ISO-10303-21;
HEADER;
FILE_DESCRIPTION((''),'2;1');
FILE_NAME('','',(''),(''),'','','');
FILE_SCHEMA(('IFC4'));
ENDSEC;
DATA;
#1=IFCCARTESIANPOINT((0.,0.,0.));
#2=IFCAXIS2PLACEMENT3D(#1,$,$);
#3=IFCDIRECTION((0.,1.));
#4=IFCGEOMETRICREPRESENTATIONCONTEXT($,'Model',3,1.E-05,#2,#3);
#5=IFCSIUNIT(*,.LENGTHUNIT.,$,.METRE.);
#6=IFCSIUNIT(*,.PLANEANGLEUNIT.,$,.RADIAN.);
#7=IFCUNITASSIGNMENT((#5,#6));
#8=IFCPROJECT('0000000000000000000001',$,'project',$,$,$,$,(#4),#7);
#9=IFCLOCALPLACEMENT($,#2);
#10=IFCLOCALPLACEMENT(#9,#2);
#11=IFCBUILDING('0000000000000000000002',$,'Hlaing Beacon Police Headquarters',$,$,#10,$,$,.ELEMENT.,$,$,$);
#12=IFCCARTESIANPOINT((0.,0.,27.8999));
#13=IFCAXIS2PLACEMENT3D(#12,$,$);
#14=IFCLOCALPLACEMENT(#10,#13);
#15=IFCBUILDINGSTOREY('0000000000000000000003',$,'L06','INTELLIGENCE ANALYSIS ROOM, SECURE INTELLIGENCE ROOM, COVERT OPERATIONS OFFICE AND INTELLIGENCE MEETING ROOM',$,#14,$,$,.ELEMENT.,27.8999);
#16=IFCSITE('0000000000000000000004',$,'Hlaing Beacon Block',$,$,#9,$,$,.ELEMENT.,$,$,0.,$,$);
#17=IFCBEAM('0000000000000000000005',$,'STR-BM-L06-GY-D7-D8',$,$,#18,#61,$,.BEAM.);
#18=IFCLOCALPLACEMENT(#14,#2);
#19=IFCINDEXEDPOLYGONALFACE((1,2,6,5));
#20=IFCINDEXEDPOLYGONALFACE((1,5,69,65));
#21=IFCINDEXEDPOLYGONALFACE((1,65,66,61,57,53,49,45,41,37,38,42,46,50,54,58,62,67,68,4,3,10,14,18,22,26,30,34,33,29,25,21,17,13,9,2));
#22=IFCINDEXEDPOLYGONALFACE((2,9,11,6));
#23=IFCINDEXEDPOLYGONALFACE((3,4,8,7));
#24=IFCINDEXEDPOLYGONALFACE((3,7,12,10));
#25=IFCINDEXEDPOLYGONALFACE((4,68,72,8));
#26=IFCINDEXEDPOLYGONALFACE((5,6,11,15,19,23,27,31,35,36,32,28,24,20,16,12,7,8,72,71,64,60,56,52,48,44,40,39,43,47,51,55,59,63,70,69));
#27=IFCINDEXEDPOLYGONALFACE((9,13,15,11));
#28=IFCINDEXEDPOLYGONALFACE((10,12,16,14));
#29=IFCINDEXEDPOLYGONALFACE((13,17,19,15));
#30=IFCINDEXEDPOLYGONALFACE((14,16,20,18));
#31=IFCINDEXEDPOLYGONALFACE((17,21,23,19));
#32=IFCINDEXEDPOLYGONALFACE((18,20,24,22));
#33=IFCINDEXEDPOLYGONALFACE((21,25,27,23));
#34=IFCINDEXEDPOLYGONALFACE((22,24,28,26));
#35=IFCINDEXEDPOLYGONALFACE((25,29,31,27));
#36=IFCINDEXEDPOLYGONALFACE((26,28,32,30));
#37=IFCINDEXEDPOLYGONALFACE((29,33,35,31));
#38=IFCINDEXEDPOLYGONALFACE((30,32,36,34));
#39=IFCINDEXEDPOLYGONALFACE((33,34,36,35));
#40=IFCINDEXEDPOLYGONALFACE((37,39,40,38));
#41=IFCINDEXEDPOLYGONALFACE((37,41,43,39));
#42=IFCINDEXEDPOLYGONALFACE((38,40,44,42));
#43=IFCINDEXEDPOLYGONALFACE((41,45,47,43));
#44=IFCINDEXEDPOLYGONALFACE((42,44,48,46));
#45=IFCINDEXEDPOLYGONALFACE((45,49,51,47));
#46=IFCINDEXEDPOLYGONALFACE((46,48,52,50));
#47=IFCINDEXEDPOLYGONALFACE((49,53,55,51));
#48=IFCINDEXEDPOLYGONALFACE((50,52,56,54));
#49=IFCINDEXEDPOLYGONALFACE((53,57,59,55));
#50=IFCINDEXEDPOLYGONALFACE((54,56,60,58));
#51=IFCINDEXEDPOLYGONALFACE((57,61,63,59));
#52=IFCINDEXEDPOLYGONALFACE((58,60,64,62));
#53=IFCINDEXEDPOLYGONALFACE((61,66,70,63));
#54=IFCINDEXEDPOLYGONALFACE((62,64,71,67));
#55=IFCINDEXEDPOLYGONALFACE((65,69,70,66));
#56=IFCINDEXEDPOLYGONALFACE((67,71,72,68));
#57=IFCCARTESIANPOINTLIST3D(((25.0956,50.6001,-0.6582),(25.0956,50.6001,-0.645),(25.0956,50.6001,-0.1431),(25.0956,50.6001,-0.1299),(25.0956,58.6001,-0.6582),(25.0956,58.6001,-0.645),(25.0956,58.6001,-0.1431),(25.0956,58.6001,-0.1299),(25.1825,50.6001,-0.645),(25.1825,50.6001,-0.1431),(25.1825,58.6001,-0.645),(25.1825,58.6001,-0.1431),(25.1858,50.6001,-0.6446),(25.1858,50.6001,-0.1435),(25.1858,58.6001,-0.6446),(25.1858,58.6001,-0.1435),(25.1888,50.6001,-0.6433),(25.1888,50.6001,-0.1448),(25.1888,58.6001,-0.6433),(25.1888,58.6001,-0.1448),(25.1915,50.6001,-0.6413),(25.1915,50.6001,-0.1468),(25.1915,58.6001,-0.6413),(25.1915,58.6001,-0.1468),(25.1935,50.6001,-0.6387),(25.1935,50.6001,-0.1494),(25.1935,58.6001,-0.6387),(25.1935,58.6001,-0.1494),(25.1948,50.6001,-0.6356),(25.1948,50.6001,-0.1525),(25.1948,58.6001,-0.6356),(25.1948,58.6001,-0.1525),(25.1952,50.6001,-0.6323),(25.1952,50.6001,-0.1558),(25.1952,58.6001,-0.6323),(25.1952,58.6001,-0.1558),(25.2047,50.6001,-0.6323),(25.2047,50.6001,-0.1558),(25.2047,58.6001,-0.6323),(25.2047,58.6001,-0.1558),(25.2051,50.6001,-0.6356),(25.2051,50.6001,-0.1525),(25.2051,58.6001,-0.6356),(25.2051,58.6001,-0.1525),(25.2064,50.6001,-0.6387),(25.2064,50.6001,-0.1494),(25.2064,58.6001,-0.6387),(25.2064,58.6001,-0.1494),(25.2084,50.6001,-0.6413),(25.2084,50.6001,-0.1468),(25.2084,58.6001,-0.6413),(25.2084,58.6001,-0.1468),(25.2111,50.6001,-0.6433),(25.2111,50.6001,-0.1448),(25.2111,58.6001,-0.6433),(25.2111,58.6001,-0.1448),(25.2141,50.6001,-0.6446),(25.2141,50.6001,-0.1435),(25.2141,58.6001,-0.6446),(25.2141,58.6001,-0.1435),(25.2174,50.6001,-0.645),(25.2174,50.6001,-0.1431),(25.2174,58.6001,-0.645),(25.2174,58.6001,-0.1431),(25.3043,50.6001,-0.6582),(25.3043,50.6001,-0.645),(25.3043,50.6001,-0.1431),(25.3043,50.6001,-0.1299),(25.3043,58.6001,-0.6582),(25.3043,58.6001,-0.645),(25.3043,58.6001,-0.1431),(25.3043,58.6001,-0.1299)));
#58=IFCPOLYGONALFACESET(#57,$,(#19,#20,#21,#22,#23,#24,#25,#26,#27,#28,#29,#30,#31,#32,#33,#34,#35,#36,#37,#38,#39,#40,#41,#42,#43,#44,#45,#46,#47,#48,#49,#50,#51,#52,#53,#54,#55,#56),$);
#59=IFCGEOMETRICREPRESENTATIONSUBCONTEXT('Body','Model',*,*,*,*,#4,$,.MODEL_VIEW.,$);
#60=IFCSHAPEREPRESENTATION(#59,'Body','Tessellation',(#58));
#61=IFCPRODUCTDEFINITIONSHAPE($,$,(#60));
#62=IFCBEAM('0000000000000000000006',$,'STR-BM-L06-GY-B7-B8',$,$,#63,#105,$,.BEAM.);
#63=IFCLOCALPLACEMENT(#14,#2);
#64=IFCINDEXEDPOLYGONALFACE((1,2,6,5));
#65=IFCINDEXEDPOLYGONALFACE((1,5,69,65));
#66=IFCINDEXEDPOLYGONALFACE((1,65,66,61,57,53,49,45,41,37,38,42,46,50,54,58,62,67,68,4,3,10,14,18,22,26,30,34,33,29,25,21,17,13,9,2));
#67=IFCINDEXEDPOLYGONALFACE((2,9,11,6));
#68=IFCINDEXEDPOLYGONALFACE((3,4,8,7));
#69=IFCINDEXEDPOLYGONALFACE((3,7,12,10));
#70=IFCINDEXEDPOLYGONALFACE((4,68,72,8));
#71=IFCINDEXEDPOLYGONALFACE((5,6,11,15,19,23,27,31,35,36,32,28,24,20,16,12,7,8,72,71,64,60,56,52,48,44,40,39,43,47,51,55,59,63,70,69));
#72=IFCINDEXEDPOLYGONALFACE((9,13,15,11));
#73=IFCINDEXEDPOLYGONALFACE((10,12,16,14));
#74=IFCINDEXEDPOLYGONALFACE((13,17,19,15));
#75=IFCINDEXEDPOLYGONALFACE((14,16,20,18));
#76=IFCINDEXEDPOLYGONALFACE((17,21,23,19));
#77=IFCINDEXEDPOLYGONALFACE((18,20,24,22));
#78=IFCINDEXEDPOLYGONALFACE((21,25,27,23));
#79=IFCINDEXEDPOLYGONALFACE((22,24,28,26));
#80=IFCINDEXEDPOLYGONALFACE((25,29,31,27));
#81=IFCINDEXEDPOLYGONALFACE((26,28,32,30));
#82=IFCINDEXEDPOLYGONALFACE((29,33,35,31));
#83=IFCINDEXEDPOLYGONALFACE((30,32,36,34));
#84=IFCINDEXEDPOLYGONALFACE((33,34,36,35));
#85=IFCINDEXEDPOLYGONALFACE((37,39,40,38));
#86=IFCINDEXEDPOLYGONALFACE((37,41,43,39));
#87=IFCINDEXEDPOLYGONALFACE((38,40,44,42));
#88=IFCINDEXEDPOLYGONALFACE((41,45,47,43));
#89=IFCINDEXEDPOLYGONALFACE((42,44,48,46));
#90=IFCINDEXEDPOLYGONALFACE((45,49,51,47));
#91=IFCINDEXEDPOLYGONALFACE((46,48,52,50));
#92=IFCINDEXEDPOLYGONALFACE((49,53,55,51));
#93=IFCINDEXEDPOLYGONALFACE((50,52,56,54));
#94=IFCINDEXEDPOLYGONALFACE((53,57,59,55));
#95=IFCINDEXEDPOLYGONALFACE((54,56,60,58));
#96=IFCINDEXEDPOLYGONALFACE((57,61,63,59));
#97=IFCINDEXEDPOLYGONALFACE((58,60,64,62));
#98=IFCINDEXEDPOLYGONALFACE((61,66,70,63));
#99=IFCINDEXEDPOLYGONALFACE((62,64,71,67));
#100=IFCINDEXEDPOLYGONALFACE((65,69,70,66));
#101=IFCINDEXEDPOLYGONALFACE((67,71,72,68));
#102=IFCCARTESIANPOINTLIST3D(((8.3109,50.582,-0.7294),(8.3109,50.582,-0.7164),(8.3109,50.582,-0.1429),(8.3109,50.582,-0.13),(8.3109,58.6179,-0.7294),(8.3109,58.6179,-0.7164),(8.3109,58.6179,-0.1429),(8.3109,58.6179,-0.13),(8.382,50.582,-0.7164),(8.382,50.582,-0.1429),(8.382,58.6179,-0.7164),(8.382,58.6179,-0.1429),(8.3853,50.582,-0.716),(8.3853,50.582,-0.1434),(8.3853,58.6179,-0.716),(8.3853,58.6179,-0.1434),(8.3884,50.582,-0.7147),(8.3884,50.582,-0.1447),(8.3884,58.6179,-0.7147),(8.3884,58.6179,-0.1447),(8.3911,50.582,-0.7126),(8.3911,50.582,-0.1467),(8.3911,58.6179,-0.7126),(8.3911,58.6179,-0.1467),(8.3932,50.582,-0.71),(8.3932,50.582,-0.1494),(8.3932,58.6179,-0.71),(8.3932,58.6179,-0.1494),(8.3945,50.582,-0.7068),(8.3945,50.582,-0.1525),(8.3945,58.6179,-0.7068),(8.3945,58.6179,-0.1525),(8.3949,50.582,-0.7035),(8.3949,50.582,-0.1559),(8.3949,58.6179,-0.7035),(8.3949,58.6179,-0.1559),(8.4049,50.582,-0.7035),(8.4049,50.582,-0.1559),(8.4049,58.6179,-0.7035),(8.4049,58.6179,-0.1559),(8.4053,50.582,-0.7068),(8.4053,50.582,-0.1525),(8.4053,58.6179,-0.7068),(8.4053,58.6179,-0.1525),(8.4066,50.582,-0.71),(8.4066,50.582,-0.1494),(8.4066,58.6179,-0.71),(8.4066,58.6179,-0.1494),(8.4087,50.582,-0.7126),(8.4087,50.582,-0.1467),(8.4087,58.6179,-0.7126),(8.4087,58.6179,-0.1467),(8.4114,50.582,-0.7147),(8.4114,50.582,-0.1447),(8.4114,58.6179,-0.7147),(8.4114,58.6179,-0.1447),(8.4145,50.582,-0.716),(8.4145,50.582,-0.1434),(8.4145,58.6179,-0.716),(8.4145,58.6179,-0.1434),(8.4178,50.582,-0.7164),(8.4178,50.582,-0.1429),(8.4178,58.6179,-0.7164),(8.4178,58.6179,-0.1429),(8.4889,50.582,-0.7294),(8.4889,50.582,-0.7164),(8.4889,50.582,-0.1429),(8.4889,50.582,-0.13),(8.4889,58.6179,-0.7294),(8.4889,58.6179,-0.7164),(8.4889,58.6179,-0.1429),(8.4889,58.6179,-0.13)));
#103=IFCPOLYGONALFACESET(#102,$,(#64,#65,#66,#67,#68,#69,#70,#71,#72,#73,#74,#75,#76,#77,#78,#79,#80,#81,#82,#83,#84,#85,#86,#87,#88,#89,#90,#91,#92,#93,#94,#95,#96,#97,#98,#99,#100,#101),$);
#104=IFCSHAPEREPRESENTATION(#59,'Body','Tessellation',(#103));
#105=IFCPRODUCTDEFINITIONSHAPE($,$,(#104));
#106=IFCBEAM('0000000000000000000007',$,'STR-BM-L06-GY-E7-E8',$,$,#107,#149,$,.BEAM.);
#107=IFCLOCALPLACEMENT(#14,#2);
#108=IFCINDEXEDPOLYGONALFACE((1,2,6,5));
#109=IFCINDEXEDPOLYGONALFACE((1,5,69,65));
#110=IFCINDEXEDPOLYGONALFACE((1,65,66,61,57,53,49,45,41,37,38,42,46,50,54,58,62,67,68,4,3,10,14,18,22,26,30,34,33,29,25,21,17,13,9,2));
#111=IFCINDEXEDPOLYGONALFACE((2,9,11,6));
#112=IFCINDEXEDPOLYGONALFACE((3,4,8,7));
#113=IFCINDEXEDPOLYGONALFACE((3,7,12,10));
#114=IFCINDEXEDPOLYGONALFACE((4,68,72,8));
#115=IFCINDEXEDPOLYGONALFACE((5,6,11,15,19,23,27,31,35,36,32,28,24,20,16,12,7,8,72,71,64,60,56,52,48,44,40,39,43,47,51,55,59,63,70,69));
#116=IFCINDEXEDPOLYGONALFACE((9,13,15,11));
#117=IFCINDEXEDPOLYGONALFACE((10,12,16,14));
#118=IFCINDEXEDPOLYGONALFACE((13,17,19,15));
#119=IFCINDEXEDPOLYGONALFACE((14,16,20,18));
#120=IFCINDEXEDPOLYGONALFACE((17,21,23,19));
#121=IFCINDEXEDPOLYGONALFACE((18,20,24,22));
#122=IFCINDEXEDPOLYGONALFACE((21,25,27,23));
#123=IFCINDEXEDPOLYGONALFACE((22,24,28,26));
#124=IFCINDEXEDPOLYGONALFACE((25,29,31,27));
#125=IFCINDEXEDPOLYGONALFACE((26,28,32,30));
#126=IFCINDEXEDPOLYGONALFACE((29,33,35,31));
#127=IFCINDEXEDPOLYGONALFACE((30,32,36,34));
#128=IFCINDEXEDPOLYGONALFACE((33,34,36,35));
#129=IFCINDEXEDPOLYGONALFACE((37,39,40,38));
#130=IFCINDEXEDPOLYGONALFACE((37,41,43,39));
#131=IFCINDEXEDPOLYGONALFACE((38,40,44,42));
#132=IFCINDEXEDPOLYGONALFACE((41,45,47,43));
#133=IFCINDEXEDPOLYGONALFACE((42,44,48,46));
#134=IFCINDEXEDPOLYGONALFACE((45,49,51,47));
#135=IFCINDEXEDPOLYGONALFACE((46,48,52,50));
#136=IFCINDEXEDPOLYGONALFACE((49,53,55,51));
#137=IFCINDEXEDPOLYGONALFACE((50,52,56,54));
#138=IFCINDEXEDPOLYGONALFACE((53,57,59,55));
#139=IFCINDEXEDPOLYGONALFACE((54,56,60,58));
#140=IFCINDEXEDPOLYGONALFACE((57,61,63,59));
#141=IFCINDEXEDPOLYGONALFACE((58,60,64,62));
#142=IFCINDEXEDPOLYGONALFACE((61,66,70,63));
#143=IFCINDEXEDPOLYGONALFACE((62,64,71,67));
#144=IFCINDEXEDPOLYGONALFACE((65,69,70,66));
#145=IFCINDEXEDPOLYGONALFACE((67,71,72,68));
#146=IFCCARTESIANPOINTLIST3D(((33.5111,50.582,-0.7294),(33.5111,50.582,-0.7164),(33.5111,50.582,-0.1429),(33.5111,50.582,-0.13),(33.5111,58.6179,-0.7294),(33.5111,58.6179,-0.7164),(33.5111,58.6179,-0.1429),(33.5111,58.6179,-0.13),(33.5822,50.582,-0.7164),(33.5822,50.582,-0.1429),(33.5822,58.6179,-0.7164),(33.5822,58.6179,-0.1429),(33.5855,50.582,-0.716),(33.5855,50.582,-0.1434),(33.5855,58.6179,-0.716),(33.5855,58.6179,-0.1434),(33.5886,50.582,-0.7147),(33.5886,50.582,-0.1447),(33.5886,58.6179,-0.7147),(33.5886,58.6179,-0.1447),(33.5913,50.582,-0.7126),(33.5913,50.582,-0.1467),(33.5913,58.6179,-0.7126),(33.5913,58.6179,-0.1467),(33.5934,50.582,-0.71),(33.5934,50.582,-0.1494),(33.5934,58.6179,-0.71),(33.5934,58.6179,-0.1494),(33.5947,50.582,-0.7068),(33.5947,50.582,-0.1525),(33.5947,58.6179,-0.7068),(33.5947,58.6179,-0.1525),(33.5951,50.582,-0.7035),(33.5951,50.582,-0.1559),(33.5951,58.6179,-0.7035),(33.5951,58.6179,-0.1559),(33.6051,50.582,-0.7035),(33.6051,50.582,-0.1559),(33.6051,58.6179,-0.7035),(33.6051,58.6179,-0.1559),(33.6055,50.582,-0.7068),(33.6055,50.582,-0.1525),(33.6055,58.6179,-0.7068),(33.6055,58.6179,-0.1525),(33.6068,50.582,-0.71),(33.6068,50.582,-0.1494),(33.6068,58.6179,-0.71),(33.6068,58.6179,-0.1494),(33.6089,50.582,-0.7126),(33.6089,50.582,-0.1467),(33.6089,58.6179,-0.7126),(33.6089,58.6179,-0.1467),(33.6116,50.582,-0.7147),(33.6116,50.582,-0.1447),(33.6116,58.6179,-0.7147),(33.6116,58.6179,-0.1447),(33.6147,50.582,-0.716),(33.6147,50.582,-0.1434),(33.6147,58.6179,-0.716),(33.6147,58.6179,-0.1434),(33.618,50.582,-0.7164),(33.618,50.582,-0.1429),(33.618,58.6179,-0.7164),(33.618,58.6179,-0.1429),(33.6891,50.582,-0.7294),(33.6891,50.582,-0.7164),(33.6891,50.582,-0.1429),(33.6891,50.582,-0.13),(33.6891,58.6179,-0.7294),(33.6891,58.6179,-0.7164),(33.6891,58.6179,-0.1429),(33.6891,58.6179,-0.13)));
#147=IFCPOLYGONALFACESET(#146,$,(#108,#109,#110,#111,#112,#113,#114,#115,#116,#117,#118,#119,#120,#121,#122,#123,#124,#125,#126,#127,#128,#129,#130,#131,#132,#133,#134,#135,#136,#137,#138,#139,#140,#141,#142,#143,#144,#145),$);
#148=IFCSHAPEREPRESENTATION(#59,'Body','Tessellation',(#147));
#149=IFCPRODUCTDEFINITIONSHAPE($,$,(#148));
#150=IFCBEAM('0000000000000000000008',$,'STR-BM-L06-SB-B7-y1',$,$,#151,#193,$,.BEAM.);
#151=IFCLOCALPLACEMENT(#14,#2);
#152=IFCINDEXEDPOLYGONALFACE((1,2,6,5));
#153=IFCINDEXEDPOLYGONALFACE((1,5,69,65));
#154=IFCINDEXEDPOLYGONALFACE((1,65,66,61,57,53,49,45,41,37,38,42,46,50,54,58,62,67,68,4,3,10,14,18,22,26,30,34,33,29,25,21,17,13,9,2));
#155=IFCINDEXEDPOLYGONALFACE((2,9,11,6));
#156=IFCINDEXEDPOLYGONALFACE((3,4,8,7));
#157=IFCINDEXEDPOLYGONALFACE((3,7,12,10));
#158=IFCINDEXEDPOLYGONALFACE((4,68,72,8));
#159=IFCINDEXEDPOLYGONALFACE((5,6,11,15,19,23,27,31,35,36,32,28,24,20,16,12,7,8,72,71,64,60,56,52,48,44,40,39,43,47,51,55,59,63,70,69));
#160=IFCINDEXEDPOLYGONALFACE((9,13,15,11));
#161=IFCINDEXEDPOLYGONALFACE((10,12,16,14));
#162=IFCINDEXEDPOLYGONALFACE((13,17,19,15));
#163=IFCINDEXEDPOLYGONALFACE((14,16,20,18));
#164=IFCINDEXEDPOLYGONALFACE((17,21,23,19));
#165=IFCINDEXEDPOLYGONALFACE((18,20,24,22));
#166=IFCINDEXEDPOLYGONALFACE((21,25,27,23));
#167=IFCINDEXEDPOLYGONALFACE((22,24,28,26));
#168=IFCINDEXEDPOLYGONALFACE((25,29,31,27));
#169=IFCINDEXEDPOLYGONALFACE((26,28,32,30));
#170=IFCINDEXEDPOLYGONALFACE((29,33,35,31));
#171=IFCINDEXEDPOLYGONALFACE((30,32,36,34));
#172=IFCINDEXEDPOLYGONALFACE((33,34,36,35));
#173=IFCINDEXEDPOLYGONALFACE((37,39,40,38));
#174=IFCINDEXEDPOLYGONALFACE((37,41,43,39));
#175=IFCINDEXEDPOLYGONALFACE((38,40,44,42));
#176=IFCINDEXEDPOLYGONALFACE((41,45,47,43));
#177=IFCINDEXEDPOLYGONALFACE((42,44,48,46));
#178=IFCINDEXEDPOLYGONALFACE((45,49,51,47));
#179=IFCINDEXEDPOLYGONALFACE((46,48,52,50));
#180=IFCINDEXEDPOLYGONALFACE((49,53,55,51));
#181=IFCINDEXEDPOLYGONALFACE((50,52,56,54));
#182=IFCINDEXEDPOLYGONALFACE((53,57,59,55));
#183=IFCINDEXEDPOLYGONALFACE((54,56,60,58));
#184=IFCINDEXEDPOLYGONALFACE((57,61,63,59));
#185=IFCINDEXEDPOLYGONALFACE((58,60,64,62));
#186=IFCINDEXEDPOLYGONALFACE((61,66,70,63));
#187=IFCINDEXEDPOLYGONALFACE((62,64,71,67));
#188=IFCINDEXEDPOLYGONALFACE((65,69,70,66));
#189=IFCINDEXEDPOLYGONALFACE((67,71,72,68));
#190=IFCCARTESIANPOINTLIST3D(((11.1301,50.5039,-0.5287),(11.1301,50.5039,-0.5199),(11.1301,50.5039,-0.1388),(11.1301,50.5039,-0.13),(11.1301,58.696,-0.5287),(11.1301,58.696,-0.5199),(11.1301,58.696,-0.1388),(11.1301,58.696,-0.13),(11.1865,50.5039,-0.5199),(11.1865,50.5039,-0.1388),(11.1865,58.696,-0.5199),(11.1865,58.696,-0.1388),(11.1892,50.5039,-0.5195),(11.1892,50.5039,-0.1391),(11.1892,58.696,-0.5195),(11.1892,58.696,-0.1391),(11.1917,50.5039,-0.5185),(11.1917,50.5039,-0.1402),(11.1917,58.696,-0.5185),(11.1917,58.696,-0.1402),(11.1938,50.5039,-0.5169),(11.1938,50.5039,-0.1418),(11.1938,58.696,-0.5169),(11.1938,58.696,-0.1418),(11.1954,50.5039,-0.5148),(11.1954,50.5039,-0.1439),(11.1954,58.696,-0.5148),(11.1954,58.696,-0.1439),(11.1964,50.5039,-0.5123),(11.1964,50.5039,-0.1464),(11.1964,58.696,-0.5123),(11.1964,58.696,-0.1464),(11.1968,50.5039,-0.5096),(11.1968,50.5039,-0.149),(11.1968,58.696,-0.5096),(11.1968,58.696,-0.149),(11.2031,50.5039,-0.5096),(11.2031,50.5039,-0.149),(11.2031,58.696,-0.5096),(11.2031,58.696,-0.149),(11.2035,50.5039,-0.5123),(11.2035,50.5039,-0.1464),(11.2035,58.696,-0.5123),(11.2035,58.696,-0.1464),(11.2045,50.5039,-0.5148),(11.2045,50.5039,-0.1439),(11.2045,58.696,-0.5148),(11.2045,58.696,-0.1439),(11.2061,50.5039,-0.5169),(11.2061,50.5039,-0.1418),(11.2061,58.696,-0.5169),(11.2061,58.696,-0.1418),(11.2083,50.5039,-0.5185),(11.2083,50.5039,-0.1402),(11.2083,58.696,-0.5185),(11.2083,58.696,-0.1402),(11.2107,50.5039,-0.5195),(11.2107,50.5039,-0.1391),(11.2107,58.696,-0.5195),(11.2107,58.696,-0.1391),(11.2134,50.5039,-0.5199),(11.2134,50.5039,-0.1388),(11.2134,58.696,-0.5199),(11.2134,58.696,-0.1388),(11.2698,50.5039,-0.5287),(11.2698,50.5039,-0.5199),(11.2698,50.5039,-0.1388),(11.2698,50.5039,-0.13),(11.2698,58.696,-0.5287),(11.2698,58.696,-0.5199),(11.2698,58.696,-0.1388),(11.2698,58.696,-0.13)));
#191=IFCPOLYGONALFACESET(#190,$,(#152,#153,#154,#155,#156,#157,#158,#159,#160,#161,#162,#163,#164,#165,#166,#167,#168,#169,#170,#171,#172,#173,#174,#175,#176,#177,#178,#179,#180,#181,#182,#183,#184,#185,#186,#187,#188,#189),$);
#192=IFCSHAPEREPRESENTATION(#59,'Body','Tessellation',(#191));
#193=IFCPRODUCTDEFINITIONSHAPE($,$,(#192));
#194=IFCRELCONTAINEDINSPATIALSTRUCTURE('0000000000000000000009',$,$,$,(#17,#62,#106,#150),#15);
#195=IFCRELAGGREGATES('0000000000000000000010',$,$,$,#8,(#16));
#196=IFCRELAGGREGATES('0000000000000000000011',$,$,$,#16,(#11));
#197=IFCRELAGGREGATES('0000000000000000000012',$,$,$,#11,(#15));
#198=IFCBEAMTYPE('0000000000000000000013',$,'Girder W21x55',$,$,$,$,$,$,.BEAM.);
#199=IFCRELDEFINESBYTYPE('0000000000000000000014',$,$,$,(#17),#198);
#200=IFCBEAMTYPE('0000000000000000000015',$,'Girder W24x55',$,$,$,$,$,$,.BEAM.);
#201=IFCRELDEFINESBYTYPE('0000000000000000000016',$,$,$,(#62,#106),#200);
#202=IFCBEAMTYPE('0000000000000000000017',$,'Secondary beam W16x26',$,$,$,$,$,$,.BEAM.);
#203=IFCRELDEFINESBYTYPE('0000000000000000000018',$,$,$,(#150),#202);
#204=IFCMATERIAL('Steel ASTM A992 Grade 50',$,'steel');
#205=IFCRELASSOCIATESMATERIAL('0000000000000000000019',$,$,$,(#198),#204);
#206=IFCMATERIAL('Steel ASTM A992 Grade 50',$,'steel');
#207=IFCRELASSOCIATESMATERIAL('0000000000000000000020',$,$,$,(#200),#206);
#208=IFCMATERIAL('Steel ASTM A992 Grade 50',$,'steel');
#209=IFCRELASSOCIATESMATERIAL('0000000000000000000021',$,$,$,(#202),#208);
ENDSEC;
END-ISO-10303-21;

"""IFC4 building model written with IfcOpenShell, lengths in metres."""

from ifc_helpers import new_model, si_unit, direction, frame, origin, origin_2d, place, context, subcontext, project, spatial, i_section, extrude, material, material_profile, profile_set, type_object, element, save


model = new_model("IFC4")

# Units and contexts
model_context = context("Model", 3, precision=1e-05, world=origin(), true_north=direction((0.0, 1.0)))
body_context = subcontext(model_context, "Body", "Model", "MODEL_VIEW")
ifc_project = project(units=[si_unit("LENGTHUNIT", "METRE"), si_unit("PLANEANGLEUNIT", "RADIAN")], contexts=[model_context])

# Site, building, storey
site_placement = place(None, origin())
site = spatial("IfcSite", under=ifc_project, at=site_placement, Name="Hlaing Beacon Block", CompositionType="ELEMENT", RefElevation=0.0)
building_placement = place(site_placement, origin())
building = spatial("IfcBuilding", under=site, at=building_placement, Name="Hlaing Beacon Police Headquarters", CompositionType="ELEMENT")
storey_placement = place(building_placement, frame((0.0, 0.0, 27.8999)))
storey = spatial("IfcBuildingStorey", under=building, at=storey_placement, Name="L06", Description="INTELLIGENCE ANALYSIS ROOM, SECURE INTELLIGENCE ROOM, COVERT OPERATIONS OFFICE AND INTELLIGENCE MEETING ROOM", CompositionType="ELEMENT", Elevation=27.8999)

# Beams
ifc_material_1 = material(Name="Steel ASTM A992 Grade 50", Category="steel")
ifc_material_profile_1 = material_profile(ifc_material_1, i_section(OverallWidth=0.2087, OverallDepth=0.5283, WebThickness=0.0095, FlangeThickness=0.0132, FilletRadius=0.0127, at=origin_2d()), Name="W21x55")
ifc_profile_set_1 = profile_set([ifc_material_profile_1], Name="Steel ASTM A992 Grade 50")
beam_type_1 = type_object("IfcBeamType", Name="Girder W21x55", PredefinedType="BEAM", material=ifc_profile_set_1)
for number, where, z_axis, x_axis, name in (
    (1, (25.2, 50.6001, -0.394), (0.0, 1.0, 0.0), (-1.0, 0.0, 0.0), "STR-BM-L06-GY-D7-D8"),
):
    element("IfcBeam", number, at=place(storey_placement, frame(where, z_axis=z_axis, x_axis=x_axis)), inside=storey, type_object=beam_type_1, Name=name, PredefinedType="BEAM", context=body_context, shape_type="SweptSolid", body=[
        extrude(i_section(OverallWidth=0.2087, OverallDepth=0.5283, WebThickness=0.0095, FlangeThickness=0.0132, FilletRadius=0.0127, at=origin_2d()), origin(), (0.0, 0.0, 1.0), 8.0),
    ])
ifc_material_2 = material(Name="Steel ASTM A992 Grade 50", Category="steel")
ifc_material_profile_2 = material_profile(ifc_material_2, i_section(OverallWidth=0.178, OverallDepth=0.5994, WebThickness=0.01, FlangeThickness=0.0129, FilletRadius=0.0129, at=origin_2d()), Name="W24x55")
ifc_profile_set_2 = profile_set([ifc_material_profile_2], Name="Steel ASTM A992 Grade 50")
beam_type_2 = type_object("IfcBeamType", Name="Girder W24x55", PredefinedType="BEAM", material=ifc_profile_set_2)
for number, where, z_axis, x_axis, name in (
    (2, (8.3999, 50.582, -0.4297), (0.0, 1.0, 0.0), (-1.0, 0.0, 0.0), "STR-BM-L06-GY-B7-B8"),
    (3, (33.6001, 50.582, -0.4297), (0.0, 1.0, 0.0), (-1.0, 0.0, 0.0), "STR-BM-L06-GY-E7-E8"),
):
    element("IfcBeam", number, at=place(storey_placement, frame(where, z_axis=z_axis, x_axis=x_axis)), inside=storey, type_object=beam_type_2, Name=name, PredefinedType="BEAM", context=body_context, shape_type="SweptSolid", body=[
        extrude(i_section(OverallWidth=0.178, OverallDepth=0.5994, WebThickness=0.01, FlangeThickness=0.0129, FilletRadius=0.0129, at=origin_2d()), origin(), (0.0, 0.0, 1.0), 8.0359),
    ])
ifc_material_3 = material(Name="Steel ASTM A992 Grade 50", Category="steel")
ifc_material_profile_3 = material_profile(ifc_material_3, i_section(OverallWidth=0.1396, OverallDepth=0.3987, WebThickness=0.0063, FlangeThickness=0.0088, FilletRadius=0.0103, at=origin_2d()), Name="W16x26")
ifc_profile_set_3 = profile_set([ifc_material_profile_3], Name="Steel ASTM A992 Grade 50")
beam_type_3 = type_object("IfcBeamType", Name="Secondary beam W16x26", PredefinedType="BEAM", material=ifc_profile_set_3)
for number, where, z_axis, x_axis, name in (
    (4, (11.2, 50.5039, -0.3293), (0.0, 1.0, 0.0), (-1.0, 0.0, 0.0), "STR-BM-L06-SB-B7-y1"),
):
    element("IfcBeam", number, at=place(storey_placement, frame(where, z_axis=z_axis, x_axis=x_axis)), inside=storey, type_object=beam_type_3, Name=name, PredefinedType="BEAM", context=body_context, shape_type="SweptSolid", body=[
        extrude(i_section(OverallWidth=0.1396, OverallDepth=0.3987, WebThickness=0.0063, FlangeThickness=0.0088, FilletRadius=0.0103, at=origin_2d()), origin(), (0.0, 0.0, 1.0), 8.1921),
    ])

save(model, "model.ifc")
